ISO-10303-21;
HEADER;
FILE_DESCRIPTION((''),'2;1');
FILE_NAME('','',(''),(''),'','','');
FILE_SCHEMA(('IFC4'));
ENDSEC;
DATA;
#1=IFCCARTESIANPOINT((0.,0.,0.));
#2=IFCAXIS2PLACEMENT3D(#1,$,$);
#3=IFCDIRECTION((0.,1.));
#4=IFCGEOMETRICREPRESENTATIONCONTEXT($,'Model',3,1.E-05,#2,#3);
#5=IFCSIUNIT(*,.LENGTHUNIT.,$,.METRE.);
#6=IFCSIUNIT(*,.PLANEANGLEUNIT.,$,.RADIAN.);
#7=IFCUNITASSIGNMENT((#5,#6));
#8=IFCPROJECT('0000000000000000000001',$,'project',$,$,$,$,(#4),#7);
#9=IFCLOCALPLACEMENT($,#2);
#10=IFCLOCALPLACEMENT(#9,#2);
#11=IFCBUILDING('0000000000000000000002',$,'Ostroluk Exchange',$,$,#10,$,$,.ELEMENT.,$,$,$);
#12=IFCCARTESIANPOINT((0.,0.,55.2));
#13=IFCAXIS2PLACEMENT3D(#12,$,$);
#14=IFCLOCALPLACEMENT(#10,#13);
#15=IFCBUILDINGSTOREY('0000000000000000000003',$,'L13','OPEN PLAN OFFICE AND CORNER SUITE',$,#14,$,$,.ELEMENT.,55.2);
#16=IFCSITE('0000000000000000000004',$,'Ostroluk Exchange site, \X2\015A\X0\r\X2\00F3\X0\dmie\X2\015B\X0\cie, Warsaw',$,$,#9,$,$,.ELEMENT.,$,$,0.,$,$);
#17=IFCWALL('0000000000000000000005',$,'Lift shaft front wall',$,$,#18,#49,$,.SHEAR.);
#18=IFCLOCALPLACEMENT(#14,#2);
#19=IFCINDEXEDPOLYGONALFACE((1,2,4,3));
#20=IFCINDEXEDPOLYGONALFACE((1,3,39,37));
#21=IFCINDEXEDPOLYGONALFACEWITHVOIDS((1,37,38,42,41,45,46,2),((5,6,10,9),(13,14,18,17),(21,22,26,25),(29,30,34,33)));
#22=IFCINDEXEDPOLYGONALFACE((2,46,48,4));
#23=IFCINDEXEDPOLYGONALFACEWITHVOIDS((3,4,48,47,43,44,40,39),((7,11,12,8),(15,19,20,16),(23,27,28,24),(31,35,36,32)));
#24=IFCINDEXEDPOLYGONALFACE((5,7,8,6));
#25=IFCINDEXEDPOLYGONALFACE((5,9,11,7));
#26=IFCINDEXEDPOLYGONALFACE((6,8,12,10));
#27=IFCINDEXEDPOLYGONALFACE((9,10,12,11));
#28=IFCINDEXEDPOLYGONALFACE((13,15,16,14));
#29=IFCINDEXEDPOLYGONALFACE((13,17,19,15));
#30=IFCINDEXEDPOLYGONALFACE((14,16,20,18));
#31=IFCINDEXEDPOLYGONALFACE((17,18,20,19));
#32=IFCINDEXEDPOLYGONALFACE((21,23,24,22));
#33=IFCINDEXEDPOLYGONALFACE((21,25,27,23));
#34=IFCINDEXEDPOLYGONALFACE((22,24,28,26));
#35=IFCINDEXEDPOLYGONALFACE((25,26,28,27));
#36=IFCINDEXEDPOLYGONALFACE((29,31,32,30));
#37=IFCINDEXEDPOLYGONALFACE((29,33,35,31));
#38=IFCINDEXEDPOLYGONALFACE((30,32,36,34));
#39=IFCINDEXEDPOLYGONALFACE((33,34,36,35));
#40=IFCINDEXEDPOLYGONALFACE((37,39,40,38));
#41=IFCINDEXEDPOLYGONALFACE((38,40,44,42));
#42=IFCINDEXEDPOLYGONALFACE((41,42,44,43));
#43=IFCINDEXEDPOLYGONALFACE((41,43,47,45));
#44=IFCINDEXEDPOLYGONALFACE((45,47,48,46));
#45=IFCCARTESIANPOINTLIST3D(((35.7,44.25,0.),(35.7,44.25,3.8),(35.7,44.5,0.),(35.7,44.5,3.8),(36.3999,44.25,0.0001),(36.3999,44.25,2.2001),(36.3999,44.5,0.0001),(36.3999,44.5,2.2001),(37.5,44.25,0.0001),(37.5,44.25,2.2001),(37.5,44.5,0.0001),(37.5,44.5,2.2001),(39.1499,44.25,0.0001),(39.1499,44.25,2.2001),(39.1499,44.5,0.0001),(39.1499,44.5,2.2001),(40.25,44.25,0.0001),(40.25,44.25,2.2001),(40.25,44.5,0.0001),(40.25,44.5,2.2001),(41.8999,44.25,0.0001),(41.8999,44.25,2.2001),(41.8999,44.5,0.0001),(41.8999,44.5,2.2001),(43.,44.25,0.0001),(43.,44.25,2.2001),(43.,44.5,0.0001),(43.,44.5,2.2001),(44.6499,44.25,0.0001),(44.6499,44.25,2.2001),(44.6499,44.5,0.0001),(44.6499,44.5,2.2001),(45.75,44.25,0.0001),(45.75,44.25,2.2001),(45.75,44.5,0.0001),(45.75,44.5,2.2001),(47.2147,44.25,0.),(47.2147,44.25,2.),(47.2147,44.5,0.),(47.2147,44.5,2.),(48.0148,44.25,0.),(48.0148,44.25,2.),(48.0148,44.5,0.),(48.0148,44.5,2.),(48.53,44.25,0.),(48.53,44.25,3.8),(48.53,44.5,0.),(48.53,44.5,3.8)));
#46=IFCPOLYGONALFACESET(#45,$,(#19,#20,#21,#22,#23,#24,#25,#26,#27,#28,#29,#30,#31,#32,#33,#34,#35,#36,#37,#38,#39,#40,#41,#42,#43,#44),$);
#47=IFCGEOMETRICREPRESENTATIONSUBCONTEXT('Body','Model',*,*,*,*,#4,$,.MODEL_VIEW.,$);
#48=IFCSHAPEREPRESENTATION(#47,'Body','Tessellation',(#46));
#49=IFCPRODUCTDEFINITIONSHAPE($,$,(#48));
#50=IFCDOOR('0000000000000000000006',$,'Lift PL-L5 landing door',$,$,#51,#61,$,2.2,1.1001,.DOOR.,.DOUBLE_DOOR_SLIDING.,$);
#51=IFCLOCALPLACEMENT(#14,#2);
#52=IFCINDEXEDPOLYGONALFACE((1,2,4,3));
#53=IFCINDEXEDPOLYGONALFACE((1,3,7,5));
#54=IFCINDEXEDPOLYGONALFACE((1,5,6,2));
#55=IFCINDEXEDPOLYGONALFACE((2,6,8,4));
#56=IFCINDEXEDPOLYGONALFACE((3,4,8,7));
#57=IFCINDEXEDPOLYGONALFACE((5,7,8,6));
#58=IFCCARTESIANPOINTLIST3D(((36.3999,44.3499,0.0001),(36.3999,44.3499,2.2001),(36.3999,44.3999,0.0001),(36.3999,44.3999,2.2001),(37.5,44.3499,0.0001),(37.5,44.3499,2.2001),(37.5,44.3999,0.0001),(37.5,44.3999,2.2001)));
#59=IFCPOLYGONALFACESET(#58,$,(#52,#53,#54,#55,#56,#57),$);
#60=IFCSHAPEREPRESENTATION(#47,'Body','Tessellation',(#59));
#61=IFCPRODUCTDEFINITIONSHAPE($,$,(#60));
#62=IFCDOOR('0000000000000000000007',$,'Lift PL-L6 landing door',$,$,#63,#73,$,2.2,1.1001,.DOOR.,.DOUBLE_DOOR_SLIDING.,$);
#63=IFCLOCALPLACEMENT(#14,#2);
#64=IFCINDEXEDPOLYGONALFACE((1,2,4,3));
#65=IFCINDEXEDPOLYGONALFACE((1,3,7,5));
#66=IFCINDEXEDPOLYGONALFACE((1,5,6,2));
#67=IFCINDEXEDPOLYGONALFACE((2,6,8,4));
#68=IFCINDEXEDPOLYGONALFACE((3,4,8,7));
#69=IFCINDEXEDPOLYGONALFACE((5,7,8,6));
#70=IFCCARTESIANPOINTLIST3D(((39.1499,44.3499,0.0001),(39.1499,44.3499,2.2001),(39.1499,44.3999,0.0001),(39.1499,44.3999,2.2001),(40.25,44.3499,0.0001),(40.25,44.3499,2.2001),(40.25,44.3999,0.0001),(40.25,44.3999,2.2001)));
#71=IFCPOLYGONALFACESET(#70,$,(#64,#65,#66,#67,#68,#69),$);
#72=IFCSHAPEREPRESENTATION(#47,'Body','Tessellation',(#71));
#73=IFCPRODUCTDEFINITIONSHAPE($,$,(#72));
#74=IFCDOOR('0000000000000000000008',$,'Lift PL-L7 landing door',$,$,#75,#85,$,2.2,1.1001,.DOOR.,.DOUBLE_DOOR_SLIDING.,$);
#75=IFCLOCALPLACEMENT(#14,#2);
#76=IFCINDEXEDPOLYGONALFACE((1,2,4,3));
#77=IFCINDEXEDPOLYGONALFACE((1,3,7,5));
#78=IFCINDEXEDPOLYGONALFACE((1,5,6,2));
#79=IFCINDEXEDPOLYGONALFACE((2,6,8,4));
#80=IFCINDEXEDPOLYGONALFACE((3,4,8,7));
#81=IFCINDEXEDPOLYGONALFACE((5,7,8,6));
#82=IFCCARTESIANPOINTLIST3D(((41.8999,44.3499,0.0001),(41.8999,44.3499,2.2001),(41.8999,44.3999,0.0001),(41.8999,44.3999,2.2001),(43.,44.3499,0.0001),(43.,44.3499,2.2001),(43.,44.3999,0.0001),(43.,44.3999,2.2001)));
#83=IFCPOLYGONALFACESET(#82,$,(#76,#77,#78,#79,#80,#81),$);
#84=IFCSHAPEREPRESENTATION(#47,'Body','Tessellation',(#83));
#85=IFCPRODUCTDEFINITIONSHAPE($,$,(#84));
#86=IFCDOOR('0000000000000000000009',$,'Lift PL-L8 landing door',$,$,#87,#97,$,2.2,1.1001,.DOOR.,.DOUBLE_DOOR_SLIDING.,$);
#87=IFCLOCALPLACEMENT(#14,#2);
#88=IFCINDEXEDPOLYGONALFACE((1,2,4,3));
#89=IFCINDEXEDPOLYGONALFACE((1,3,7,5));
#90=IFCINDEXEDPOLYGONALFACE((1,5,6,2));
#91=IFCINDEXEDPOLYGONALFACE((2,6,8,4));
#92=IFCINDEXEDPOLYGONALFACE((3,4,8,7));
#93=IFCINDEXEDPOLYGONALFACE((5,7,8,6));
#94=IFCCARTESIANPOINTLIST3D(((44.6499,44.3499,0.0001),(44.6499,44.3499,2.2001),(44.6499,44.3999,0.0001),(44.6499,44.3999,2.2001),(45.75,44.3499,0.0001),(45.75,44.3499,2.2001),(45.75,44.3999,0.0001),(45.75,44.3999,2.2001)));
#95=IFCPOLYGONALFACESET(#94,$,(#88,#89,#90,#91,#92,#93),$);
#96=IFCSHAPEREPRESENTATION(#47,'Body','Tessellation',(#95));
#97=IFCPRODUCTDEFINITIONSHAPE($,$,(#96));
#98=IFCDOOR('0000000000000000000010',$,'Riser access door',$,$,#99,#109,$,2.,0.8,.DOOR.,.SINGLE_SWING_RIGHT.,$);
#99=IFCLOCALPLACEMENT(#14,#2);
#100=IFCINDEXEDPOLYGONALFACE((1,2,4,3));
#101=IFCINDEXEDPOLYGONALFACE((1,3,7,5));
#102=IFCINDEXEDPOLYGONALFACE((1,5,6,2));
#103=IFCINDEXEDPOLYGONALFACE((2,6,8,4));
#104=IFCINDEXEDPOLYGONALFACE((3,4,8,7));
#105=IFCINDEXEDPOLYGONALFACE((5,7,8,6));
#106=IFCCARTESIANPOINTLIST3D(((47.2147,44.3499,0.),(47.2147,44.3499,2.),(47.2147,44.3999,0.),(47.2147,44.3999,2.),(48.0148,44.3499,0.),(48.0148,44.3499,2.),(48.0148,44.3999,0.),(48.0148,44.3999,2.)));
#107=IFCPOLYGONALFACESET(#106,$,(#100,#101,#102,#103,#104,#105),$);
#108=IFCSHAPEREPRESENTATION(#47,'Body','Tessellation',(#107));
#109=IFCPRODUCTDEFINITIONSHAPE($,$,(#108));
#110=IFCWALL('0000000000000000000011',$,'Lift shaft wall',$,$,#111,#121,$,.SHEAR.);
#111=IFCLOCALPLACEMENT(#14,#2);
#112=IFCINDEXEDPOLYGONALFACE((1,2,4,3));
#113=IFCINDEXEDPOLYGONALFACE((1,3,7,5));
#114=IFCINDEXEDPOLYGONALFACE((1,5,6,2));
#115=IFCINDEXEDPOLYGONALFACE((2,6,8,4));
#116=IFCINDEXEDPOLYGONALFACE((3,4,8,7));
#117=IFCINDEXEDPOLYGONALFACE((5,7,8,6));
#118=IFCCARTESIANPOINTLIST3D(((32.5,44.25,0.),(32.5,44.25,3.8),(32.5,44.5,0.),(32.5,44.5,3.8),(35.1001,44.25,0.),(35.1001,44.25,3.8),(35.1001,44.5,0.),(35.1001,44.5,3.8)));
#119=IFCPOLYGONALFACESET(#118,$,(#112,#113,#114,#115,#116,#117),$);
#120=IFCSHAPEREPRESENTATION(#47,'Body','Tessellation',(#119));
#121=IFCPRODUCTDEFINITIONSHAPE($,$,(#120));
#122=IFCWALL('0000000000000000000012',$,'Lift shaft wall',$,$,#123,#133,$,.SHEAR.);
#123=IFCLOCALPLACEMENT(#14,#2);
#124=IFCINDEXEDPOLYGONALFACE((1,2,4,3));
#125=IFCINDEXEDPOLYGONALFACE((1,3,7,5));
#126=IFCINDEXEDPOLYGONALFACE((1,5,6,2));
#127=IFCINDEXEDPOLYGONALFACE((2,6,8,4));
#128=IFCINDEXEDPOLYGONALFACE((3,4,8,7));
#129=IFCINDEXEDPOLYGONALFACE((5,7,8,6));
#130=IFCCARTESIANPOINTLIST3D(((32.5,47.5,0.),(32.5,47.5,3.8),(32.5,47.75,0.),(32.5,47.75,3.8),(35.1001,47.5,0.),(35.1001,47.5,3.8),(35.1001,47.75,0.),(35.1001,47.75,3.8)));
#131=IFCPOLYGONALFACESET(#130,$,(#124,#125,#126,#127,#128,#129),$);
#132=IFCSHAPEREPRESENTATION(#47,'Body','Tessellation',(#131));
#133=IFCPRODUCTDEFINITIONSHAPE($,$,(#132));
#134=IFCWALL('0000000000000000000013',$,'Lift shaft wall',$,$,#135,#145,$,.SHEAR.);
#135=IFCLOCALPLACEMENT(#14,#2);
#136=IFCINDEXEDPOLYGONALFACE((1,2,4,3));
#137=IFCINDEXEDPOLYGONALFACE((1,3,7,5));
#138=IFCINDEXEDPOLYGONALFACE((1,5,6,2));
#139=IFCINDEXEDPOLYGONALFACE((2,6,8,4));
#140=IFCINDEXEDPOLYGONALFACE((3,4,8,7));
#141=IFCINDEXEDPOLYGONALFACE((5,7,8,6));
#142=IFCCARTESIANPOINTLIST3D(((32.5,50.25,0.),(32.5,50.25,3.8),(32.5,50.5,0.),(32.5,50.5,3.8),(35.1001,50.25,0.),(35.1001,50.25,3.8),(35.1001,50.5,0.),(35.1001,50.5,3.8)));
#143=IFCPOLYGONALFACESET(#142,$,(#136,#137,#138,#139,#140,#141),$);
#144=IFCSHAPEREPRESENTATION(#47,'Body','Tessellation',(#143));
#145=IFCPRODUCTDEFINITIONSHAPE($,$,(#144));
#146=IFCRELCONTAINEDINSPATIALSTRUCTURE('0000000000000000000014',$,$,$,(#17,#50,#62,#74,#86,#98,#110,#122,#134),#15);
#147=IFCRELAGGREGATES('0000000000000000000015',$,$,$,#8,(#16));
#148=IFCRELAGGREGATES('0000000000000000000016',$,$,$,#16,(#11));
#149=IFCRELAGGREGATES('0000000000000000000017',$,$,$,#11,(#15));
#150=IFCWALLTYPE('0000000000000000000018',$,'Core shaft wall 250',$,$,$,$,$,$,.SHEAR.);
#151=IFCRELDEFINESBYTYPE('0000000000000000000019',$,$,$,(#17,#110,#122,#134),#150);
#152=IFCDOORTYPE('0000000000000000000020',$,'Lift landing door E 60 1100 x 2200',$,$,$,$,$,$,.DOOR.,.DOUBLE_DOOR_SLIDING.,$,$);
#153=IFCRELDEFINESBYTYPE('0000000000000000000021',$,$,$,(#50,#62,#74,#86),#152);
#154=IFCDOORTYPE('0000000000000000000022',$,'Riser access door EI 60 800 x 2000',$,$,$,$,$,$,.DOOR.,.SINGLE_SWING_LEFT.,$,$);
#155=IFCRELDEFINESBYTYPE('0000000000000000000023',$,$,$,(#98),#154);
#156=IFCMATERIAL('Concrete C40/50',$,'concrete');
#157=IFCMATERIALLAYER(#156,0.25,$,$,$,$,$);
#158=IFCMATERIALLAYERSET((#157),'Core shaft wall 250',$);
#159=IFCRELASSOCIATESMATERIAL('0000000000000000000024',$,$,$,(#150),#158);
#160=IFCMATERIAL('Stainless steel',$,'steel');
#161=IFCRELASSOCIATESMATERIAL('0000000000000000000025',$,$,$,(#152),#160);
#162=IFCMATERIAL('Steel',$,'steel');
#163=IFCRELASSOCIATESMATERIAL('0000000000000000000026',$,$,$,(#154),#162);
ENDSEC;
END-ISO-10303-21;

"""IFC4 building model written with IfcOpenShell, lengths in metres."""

from ifc_helpers import new_model, si_unit, direction, frame, frame_2d, origin, place, context, subcontext, project, spatial, rectangle, extrude, material, layer, layer_set, type_object, element, fill, save


model = new_model("IFC4")

# Units and contexts
model_context = context("Model", 3, precision=1e-05, world=origin(), true_north=direction((0.0, 1.0)))
body_context = subcontext(model_context, "Body", "Model", "MODEL_VIEW")
ifc_project = project(units=[si_unit("LENGTHUNIT", "METRE"), si_unit("PLANEANGLEUNIT", "RADIAN")], contexts=[model_context])

# Site, building, storey
site_placement = place(None, origin())
site = spatial("IfcSite", under=ifc_project, at=site_placement, Name="Ostroluk Exchange site, Śródmieście, Warsaw", CompositionType="ELEMENT", RefElevation=0.0)
building_placement = place(site_placement, origin())
building = spatial("IfcBuilding", under=site, at=building_placement, Name="Ostroluk Exchange", CompositionType="ELEMENT")
storey_placement = place(building_placement, frame((0.0, 0.0, 55.2)))
storey = spatial("IfcBuildingStorey", under=building, at=storey_placement, Name="L13", Description="OPEN PLAN OFFICE AND CORNER SUITE", CompositionType="ELEMENT", Elevation=55.2)

# Shared definitions
ifc_material_1 = material(Name="Concrete C40/50", Category="concrete")
ifc_layer = layer(ifc_material_1, 0.25)
ifc_layer_set = layer_set([ifc_layer], Name="Core shaft wall 250")
wall_type = type_object("IfcWallType", Name="Core shaft wall 250", PredefinedType="SHEAR", material=ifc_layer_set)

# Shared definitions
ifc_material_2 = material(Name="Stainless steel", Category="steel")
door_type_1 = type_object("IfcDoorType", Name="Lift landing door E 60 1100 x 2200", OperationType="DOUBLE_DOOR_SLIDING", PredefinedType="DOOR", material=ifc_material_2)
ifc_material_3 = material(Name="Steel", Category="steel")
door_type_2 = type_object("IfcDoorType", Name="Riser access door EI 60 800 x 2000", OperationType="SINGLE_SWING_LEFT", PredefinedType="DOOR", material=ifc_material_3)

# Wall, openings, doors
wall_1_placement = place(storey_placement, frame((35.7, 44.375, 0.0), z_axis=(0.0, 0.0, 1.0), x_axis=(1.0, 0.0, 0.0)))
wall_1 = element("IfcWall", 1, at=wall_1_placement, inside=storey, type_object=wall_type, Name="Lift shaft front wall", PredefinedType="SHEAR", context=body_context, shape_type="SweptSolid", body=[
    extrude(rectangle(XDim=12.8301, YDim=0.25, at=frame_2d((6.415, 0.0))), origin(), (0.0, 0.0, 1.0), 3.8),
])
opening_1_placement = place(wall_1_placement, frame((0.7, 0.0, 0.0)))
opening_1 = element("IfcOpeningElement", 2, at=opening_1_placement, cuts=wall_1, PredefinedType="OPENING", context=body_context, shape_type="SweptSolid", body=[
    extrude(rectangle(XDim=1.1001, YDim=2.2, at=frame_2d((0.55, 1.1001))), frame((0.0, 0.135, 0.0), z_axis=(0.0, -1.0, 0.0), x_axis=(1.0, 0.0, 0.0)), (0.0, 0.0, 1.0), 0.27),
])
opening_2_placement = place(wall_1_placement, frame((3.45, 0.0, 0.0)))
opening_2 = element("IfcOpeningElement", 3, at=opening_2_placement, cuts=wall_1, PredefinedType="OPENING", context=body_context, shape_type="SweptSolid", body=[
    extrude(rectangle(XDim=1.1001, YDim=2.2, at=frame_2d((0.55, 1.1001))), frame((0.0, 0.135, 0.0), z_axis=(0.0, -1.0, 0.0), x_axis=(1.0, 0.0, 0.0)), (0.0, 0.0, 1.0), 0.27),
])
opening_3_placement = place(wall_1_placement, frame((6.2, 0.0, 0.0)))
opening_3 = element("IfcOpeningElement", 4, at=opening_3_placement, cuts=wall_1, PredefinedType="OPENING", context=body_context, shape_type="SweptSolid", body=[
    extrude(rectangle(XDim=1.1001, YDim=2.2, at=frame_2d((0.55, 1.1001))), frame((0.0, 0.135, 0.0), z_axis=(0.0, -1.0, 0.0), x_axis=(1.0, 0.0, 0.0)), (0.0, 0.0, 1.0), 0.27),
])
opening_4_placement = place(wall_1_placement, frame((8.95, 0.0, 0.0)))
opening_4 = element("IfcOpeningElement", 5, at=opening_4_placement, cuts=wall_1, PredefinedType="OPENING", context=body_context, shape_type="SweptSolid", body=[
    extrude(rectangle(XDim=1.1001, YDim=2.2, at=frame_2d((0.55, 1.1001))), frame((0.0, 0.135, 0.0), z_axis=(0.0, -1.0, 0.0), x_axis=(1.0, 0.0, 0.0)), (0.0, 0.0, 1.0), 0.27),
])
opening_5_placement = place(wall_1_placement, frame((11.5149, 0.0, 0.0)))
opening_5 = element("IfcOpeningElement", 6, at=opening_5_placement, cuts=wall_1, PredefinedType="OPENING", context=body_context, shape_type="SweptSolid", body=[
    extrude(rectangle(XDim=0.8, YDim=2.0, at=frame_2d((0.3999, 1.0))), frame((0.0, 0.135, 0.0), z_axis=(0.0, -1.0, 0.0), x_axis=(1.0, 0.0, 0.0)), (0.0, 0.0, 1.0), 0.27),
])
door_1_placement = place(opening_1_placement, origin())
door_1 = element("IfcDoor", 7, at=door_1_placement, inside=storey, type_object=door_type_1, Name="Lift PL-L5 landing door", OperationType="DOUBLE_DOOR_SLIDING", OverallHeight=2.2, OverallWidth=1.1001, PredefinedType="DOOR", context=body_context, shape_type="SweptSolid", body=[
    extrude(rectangle(XDim=1.1001, YDim=2.2, at=frame_2d((0.55, 1.1001))), frame((0.0, 0.0249, 0.0), z_axis=(0.0, -1.0, 0.0), x_axis=(1.0, 0.0, 0.0)), (0.0, 0.0, 1.0), 0.05),
])
fill(opening_1, door_1)
door_2_placement = place(opening_2_placement, origin())
door_2 = element("IfcDoor", 8, at=door_2_placement, inside=storey, type_object=door_type_1, Name="Lift PL-L6 landing door", OperationType="DOUBLE_DOOR_SLIDING", OverallHeight=2.2, OverallWidth=1.1001, PredefinedType="DOOR", context=body_context, shape_type="SweptSolid", body=[
    extrude(rectangle(XDim=1.1001, YDim=2.2, at=frame_2d((0.55, 1.1001))), frame((0.0, 0.0249, 0.0), z_axis=(0.0, -1.0, 0.0), x_axis=(1.0, 0.0, 0.0)), (0.0, 0.0, 1.0), 0.05),
])
fill(opening_2, door_2)
door_3_placement = place(opening_3_placement, origin())
door_3 = element("IfcDoor", 9, at=door_3_placement, inside=storey, type_object=door_type_1, Name="Lift PL-L7 landing door", OperationType="DOUBLE_DOOR_SLIDING", OverallHeight=2.2, OverallWidth=1.1001, PredefinedType="DOOR", context=body_context, shape_type="SweptSolid", body=[
    extrude(rectangle(XDim=1.1001, YDim=2.2, at=frame_2d((0.55, 1.1001))), frame((0.0, 0.0249, 0.0), z_axis=(0.0, -1.0, 0.0), x_axis=(1.0, 0.0, 0.0)), (0.0, 0.0, 1.0), 0.05),
])
fill(opening_3, door_3)
door_4_placement = place(opening_4_placement, origin())
door_4 = element("IfcDoor", 10, at=door_4_placement, inside=storey, type_object=door_type_1, Name="Lift PL-L8 landing door", OperationType="DOUBLE_DOOR_SLIDING", OverallHeight=2.2, OverallWidth=1.1001, PredefinedType="DOOR", context=body_context, shape_type="SweptSolid", body=[
    extrude(rectangle(XDim=1.1001, YDim=2.2, at=frame_2d((0.55, 1.1001))), frame((0.0, 0.0249, 0.0), z_axis=(0.0, -1.0, 0.0), x_axis=(1.0, 0.0, 0.0)), (0.0, 0.0, 1.0), 0.05),
])
fill(opening_4, door_4)
door_5_placement = place(opening_5_placement, origin())
door_5 = element("IfcDoor", 11, at=door_5_placement, inside=storey, type_object=door_type_2, Name="Riser access door", OperationType="SINGLE_SWING_RIGHT", OverallHeight=2.0, OverallWidth=0.8, PredefinedType="DOOR", context=body_context, shape_type="SweptSolid", body=[
    extrude(rectangle(XDim=0.8, YDim=2.0, at=frame_2d((0.3999, 1.0))), frame((0.0, 0.0249, 0.0), z_axis=(0.0, -1.0, 0.0), x_axis=(1.0, 0.0, 0.0)), (0.0, 0.0, 1.0), 0.05),
])
fill(opening_5, door_5)

# Walls
for number, where, z_axis, x_axis, name in (
    (12, (32.5, 44.375, 0.0), (0.0, 0.0, 1.0), (1.0, 0.0, 0.0), "Lift shaft wall"),
    (13, (32.5, 47.625, 0.0), (0.0, 0.0, 1.0), (1.0, 0.0, 0.0), "Lift shaft wall"),
    (14, (32.5, 50.375, 0.0), (0.0, 0.0, 1.0), (1.0, 0.0, 0.0), "Lift shaft wall"),
):
    element("IfcWall", number, at=place(storey_placement, frame(where, z_axis=z_axis, x_axis=x_axis)), inside=storey, type_object=wall_type, Name=name, PredefinedType="SHEAR", context=body_context, shape_type="SweptSolid", body=[
        extrude(rectangle(XDim=2.6001, YDim=0.25, at=frame_2d((1.3, 0.0))), origin(), (0.0, 0.0, 1.0), 3.8),
    ])

save(model, "model.ifc")
